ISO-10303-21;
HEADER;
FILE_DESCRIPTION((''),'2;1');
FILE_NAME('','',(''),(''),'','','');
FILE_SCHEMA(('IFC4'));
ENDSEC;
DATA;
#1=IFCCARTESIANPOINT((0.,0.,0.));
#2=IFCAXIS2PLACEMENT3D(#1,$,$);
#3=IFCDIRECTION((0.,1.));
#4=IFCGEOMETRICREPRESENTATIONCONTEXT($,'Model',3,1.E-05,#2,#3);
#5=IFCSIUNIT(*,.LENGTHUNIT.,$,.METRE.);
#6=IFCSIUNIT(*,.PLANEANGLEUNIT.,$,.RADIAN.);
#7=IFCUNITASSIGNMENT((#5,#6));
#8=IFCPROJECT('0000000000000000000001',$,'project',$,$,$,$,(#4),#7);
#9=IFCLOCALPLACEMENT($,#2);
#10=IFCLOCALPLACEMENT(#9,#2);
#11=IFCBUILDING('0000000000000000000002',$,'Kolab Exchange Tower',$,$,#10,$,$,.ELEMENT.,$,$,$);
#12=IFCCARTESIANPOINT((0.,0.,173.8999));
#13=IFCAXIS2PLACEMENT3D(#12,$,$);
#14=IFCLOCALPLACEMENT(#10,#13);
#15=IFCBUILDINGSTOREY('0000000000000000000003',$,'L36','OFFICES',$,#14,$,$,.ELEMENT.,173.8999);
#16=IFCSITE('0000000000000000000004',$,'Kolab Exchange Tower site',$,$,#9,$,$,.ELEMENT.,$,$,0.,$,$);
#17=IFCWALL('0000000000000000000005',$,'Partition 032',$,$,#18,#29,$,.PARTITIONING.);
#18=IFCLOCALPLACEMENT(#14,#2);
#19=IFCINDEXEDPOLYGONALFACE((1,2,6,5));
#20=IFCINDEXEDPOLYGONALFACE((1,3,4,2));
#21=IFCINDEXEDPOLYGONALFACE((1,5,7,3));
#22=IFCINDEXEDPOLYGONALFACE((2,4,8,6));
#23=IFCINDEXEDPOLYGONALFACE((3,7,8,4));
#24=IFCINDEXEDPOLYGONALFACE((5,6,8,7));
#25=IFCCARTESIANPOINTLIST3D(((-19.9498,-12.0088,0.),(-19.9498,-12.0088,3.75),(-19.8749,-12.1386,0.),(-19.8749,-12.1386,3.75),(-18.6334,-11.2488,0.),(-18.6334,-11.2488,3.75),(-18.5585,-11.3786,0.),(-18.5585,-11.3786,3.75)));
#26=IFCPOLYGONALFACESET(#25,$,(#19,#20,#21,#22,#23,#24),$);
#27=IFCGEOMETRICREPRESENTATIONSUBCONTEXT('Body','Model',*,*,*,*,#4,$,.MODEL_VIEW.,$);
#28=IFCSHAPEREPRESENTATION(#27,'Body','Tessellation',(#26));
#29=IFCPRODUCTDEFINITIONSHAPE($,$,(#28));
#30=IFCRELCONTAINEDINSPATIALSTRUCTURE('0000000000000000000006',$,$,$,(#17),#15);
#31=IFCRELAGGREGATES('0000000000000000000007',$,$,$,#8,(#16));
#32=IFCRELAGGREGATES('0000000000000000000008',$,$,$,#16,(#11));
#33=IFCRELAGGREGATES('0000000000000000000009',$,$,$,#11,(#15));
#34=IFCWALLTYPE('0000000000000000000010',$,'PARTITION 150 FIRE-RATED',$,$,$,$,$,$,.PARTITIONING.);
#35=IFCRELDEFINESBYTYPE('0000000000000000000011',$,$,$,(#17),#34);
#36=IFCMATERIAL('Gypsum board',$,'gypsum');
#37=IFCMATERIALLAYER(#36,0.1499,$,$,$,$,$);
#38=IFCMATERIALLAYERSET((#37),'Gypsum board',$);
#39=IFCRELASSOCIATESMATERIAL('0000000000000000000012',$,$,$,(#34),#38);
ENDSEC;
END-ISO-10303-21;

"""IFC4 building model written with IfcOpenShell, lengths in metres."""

from ifc_helpers import new_model, si_unit, direction, frame, frame_2d, origin, place, context, subcontext, project, spatial, rectangle, extrude, material, layer, layer_set, type_object, element, save


model = new_model("IFC4")

# Units and contexts
model_context = context("Model", 3, precision=1e-05, world=origin(), true_north=direction((0.0, 1.0)))
body_context = subcontext(model_context, "Body", "Model", "MODEL_VIEW")
ifc_project = project(units=[si_unit("LENGTHUNIT", "METRE"), si_unit("PLANEANGLEUNIT", "RADIAN")], contexts=[model_context])

# Site, building, storey
site_placement = place(None, origin())
site = spatial("IfcSite", under=ifc_project, at=site_placement, Name="Kolab Exchange Tower site", CompositionType="ELEMENT", RefElevation=0.0)
building_placement = place(site_placement, origin())
building = spatial("IfcBuilding", under=site, at=building_placement, Name="Kolab Exchange Tower", CompositionType="ELEMENT")
storey_placement = place(building_placement, frame((0.0, 0.0, 173.8999)))
storey = spatial("IfcBuildingStorey", under=building, at=storey_placement, Name="L36", Description="OFFICES", CompositionType="ELEMENT", Elevation=173.8999)

# Shared definitions
ifc_material_1 = material(Name="Gypsum board", Category="gypsum")

# Shared definitions
ifc_layer_1 = layer(ifc_material_1, 0.1499)
ifc_layer_set_1 = layer_set([ifc_layer_1], Name="Gypsum board")
wall_type_1 = type_object("IfcWallType", Name="PARTITION 150 FIRE-RATED", PredefinedType="PARTITIONING", material=ifc_layer_set_1)

# Wall
wall_1_placement = place(storey_placement, frame((-19.9124, -12.0737, 0.0), z_axis=(0.0, 0.0, 1.0), x_axis=(0.86603, 0.499991, 0.0)))
element("IfcWall", 1, at=wall_1_placement, inside=storey, type_object=wall_type_1, Name="Partition 032", PredefinedType="PARTITIONING", context=body_context, shape_type="SweptSolid", body=[
    extrude(rectangle(XDim=1.52, YDim=0.1499, at=frame_2d((0.76, 0.0))), origin(), (0.0, 0.0, 1.0), 3.75),
])

save(model, "model.ifc")
